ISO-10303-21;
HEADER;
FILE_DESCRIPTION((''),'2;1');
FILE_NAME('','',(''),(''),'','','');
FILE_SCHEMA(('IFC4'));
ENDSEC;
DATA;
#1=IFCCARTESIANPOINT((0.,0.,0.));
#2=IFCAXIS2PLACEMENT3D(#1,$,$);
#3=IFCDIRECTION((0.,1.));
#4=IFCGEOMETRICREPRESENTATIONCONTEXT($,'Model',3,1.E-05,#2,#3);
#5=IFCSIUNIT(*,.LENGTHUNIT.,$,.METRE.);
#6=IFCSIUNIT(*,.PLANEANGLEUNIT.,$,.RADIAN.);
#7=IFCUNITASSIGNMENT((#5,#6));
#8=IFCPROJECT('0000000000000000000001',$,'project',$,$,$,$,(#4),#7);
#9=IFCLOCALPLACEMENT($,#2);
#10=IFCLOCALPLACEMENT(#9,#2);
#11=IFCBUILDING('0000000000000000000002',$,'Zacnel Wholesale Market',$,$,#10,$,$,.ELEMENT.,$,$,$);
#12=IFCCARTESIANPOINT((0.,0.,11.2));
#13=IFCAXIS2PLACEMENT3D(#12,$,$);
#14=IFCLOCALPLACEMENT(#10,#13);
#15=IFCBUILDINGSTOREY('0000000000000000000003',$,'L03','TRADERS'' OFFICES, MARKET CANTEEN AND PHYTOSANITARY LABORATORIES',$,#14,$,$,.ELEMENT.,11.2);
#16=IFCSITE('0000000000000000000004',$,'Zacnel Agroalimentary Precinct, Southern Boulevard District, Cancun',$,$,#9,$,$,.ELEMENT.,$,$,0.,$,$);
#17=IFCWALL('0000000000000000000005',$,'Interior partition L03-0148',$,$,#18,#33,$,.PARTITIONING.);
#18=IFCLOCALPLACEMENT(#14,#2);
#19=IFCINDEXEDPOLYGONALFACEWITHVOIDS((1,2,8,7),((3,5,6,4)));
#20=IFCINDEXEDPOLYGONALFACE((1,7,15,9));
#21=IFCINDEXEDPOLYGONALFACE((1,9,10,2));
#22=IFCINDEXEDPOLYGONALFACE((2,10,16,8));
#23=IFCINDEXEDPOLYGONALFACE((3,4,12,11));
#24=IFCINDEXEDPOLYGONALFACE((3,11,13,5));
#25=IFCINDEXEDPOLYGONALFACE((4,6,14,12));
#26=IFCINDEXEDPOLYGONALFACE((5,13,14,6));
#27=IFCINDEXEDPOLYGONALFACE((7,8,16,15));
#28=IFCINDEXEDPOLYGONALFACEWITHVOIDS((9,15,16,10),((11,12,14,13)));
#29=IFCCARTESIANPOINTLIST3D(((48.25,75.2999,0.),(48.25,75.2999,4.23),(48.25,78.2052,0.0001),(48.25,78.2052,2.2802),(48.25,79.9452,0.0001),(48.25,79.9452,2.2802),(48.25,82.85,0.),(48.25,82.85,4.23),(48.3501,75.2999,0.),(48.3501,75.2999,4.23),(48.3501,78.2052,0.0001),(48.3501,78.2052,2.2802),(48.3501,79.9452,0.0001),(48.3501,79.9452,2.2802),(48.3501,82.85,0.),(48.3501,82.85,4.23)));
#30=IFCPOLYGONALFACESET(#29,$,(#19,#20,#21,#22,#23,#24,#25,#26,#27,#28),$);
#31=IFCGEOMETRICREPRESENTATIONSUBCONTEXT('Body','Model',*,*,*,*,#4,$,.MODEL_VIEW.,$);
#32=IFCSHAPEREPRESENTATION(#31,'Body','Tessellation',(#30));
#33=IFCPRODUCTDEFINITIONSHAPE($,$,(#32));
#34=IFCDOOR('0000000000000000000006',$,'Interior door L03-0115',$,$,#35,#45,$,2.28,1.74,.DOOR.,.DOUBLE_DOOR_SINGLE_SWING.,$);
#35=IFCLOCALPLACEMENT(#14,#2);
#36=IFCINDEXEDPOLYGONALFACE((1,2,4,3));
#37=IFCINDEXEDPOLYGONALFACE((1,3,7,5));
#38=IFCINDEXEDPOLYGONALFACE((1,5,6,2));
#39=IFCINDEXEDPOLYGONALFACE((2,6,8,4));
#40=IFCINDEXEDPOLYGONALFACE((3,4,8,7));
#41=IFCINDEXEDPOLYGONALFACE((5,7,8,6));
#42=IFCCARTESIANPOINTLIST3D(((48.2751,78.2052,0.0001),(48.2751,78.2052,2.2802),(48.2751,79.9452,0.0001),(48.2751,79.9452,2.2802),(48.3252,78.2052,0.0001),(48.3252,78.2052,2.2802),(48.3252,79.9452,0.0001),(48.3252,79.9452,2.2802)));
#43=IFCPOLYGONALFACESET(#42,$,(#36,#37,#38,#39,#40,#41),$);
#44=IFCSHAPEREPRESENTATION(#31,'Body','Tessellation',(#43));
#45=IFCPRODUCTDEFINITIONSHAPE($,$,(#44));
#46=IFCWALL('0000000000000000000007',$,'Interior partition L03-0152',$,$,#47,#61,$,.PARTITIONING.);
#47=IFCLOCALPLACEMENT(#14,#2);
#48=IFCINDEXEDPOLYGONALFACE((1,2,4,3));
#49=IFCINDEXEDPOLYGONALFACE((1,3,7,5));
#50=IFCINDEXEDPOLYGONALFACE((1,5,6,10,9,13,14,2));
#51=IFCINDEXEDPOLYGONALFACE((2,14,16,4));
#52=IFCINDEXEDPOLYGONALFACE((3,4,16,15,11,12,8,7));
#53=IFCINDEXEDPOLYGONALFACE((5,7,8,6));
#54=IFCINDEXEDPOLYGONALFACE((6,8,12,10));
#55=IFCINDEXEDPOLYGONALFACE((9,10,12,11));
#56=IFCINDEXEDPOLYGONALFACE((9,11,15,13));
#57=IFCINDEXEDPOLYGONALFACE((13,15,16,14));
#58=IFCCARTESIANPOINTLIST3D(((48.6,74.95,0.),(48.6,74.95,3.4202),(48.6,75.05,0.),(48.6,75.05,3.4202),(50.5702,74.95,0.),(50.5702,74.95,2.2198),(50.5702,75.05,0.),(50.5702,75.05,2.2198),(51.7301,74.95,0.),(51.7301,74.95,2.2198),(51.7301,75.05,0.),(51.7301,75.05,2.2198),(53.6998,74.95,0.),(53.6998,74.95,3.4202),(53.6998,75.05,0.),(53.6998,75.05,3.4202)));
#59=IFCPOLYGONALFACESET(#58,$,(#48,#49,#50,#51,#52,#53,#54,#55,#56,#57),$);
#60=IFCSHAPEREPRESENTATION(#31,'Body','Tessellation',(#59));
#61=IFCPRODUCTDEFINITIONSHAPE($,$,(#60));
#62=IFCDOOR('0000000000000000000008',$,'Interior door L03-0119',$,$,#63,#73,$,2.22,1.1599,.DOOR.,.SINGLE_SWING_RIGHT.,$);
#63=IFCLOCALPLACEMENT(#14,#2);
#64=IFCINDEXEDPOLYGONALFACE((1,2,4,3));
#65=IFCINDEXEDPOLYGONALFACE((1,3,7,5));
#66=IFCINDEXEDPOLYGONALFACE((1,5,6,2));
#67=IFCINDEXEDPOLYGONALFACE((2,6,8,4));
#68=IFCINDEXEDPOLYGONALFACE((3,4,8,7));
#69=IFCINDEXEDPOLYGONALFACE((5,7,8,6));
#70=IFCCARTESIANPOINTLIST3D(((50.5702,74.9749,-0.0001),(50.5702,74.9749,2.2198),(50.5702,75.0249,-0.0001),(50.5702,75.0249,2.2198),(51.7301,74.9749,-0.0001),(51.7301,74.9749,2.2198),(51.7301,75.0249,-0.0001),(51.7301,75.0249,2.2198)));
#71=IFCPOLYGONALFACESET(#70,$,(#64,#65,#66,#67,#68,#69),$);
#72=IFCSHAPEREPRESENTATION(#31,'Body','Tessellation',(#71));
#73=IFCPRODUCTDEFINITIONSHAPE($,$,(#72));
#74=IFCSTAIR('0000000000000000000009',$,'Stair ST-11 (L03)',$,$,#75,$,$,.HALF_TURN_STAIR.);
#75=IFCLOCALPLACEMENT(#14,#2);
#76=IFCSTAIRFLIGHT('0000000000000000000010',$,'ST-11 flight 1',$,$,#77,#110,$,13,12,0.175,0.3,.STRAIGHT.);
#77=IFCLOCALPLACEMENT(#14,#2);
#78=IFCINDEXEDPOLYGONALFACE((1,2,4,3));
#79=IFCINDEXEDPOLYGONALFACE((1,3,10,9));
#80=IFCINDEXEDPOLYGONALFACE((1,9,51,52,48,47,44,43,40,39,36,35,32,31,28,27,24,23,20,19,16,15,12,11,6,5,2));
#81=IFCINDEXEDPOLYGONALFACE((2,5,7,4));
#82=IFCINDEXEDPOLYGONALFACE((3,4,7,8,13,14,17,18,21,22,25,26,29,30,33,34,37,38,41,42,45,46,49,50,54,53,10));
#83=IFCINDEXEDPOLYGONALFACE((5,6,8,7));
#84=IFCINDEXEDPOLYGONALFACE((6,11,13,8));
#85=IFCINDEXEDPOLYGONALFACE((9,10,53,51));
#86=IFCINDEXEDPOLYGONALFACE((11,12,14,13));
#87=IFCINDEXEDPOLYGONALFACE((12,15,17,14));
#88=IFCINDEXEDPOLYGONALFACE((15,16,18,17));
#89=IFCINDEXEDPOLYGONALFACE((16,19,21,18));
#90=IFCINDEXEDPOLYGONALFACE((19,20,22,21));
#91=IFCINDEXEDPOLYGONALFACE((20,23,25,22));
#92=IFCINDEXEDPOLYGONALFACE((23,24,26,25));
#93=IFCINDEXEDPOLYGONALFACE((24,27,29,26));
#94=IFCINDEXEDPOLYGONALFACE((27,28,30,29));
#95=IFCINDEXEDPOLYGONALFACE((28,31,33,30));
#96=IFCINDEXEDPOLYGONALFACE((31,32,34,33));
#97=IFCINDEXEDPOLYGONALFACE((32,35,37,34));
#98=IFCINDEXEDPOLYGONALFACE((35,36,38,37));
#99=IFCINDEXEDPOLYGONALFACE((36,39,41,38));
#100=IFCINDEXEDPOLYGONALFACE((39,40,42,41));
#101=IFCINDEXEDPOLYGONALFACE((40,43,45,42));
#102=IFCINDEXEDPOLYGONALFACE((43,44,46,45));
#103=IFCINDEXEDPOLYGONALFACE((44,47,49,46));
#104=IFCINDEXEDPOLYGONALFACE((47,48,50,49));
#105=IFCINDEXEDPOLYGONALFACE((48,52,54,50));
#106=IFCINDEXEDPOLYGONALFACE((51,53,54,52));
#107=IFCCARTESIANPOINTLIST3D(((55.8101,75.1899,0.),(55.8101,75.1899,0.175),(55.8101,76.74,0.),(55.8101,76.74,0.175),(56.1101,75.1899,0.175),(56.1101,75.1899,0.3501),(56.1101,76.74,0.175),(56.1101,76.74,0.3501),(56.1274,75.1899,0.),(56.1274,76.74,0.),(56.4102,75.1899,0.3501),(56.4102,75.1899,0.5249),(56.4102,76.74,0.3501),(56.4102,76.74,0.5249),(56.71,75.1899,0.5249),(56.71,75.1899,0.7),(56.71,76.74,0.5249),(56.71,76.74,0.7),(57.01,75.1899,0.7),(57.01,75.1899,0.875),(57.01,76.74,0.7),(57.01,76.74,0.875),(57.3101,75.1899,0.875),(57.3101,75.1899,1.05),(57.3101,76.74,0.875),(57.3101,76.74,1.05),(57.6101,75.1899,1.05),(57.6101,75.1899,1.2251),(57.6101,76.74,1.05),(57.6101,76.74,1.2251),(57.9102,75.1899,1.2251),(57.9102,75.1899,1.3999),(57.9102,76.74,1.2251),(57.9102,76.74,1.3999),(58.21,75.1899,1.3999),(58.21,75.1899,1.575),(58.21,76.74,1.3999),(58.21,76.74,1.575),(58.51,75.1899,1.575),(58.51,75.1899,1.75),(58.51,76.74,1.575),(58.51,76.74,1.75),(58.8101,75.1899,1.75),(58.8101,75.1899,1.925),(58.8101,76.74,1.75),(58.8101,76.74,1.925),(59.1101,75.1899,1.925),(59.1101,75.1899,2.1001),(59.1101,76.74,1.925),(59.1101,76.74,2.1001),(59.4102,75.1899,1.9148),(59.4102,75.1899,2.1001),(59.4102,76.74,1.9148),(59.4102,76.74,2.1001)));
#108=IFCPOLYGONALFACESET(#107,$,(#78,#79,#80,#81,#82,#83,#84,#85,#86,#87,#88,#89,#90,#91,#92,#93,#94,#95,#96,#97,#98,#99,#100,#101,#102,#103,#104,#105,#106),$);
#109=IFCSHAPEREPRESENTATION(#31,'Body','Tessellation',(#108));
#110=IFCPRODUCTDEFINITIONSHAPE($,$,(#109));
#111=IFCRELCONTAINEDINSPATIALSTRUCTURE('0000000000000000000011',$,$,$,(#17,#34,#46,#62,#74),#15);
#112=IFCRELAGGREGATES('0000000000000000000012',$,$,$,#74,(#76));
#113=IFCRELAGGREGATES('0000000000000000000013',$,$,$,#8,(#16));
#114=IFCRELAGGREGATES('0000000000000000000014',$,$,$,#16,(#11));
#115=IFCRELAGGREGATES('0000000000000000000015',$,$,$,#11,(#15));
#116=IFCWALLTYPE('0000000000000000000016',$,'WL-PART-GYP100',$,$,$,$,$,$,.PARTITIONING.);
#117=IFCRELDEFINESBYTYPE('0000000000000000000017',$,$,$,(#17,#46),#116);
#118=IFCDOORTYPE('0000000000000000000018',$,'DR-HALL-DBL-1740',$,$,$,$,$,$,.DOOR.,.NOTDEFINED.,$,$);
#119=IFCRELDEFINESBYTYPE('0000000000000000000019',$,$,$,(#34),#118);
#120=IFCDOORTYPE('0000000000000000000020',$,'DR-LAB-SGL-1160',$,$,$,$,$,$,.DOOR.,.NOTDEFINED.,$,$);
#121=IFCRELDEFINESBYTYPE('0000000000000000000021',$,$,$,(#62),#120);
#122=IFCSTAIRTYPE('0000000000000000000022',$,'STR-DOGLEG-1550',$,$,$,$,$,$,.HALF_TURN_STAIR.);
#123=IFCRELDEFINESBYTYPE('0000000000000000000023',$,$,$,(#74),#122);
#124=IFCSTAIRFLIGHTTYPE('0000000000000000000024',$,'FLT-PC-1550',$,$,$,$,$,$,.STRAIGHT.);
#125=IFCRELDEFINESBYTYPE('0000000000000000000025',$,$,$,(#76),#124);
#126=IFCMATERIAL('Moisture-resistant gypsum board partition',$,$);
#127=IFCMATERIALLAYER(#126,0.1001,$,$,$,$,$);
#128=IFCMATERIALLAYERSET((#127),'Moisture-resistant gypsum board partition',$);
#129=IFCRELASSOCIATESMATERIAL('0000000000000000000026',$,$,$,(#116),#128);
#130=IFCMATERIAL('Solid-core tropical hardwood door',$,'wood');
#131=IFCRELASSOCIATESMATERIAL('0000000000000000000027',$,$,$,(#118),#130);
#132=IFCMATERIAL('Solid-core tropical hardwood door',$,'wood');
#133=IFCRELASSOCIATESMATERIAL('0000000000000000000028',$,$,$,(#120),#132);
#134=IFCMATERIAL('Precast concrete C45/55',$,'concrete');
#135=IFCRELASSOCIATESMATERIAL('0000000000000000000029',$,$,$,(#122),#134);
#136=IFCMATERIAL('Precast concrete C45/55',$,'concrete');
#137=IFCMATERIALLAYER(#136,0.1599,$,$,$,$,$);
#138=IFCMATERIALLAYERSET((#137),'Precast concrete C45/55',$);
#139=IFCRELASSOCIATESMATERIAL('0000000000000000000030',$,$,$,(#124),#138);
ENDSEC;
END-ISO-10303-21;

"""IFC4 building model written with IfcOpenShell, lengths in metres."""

from ifc_helpers import new_model, si_unit, direction, frame, frame_2d, origin, place, context, subcontext, project, spatial, polyline, rectangle, outline, extrude, material, layer, layer_set, type_object, element, fill, aggregate, save


model = new_model("IFC4")

# Units and contexts
model_context = context("Model", 3, precision=1e-05, world=origin(), true_north=direction((0.0, 1.0)))
body_context = subcontext(model_context, "Body", "Model", "MODEL_VIEW")
ifc_project = project(units=[si_unit("LENGTHUNIT", "METRE"), si_unit("PLANEANGLEUNIT", "RADIAN")], contexts=[model_context])

# Site, building, storey
site_placement = place(None, origin())
site = spatial("IfcSite", under=ifc_project, at=site_placement, Name="Zacnel Agroalimentary Precinct, Southern Boulevard District, Cancun", CompositionType="ELEMENT", RefElevation=0.0)
building_placement = place(site_placement, origin())
building = spatial("IfcBuilding", under=site, at=building_placement, Name="Zacnel Wholesale Market", CompositionType="ELEMENT")
storey_placement = place(building_placement, frame((0.0, 0.0, 11.2)))
storey = spatial("IfcBuildingStorey", under=building, at=storey_placement, Name="L03", Description="TRADERS' OFFICES, MARKET CANTEEN AND PHYTOSANITARY LABORATORIES", CompositionType="ELEMENT", Elevation=11.2)

# Walls, openings, doors
ifc_material_1 = material(Name="Moisture-resistant gypsum board partition")
ifc_layer_1 = layer(ifc_material_1, 0.1001)
ifc_layer_set_1 = layer_set([ifc_layer_1], Name="Moisture-resistant gypsum board partition")
wall_type_1 = type_object("IfcWallType", Name="WL-PART-GYP100", PredefinedType="PARTITIONING", material=ifc_layer_set_1)
wall_1_placement = place(storey_placement, frame((48.3, 75.3, 0.0), z_axis=(0.0, 0.0, 1.0), x_axis=(0.0, 1.0, 0.0)))
wall_1 = element("IfcWall", 1, at=wall_1_placement, inside=storey, type_object=wall_type_1, Name="Interior partition L03-0148", PredefinedType="PARTITIONING", context=body_context, shape_type="SweptSolid", body=[
    extrude(rectangle(XDim=7.55, YDim=0.1001, at=frame_2d((3.7749, 0.0))), origin(), (0.0, 0.0, 1.0), 4.23),
])
opening_1_placement = place(wall_1_placement, frame((2.905, 0.0, 0.0)))
opening_1 = element("IfcOpeningElement", 2, at=opening_1_placement, cuts=wall_1, PredefinedType="OPENING", context=body_context, shape_type="SweptSolid", body=[
    extrude(rectangle(XDim=1.74, YDim=2.28, at=frame_2d((0.8701, 1.1401))), frame((0.0, 0.0601, 0.0), z_axis=(0.0, -1.0, 0.0), x_axis=(1.0, 0.0, 0.0)), (0.0, 0.0, 1.0), 0.1201),
])
ifc_material_2 = material(Name="Solid-core tropical hardwood door", Category="wood")
door_type_1 = type_object("IfcDoorType", Name="DR-HALL-DBL-1740", OperationType="NOTDEFINED", PredefinedType="DOOR", material=ifc_material_2)
door_1_placement = place(opening_1_placement, origin())
door_1 = element("IfcDoor", 3, at=door_1_placement, inside=storey, type_object=door_type_1, Name="Interior door L03-0115", OperationType="DOUBLE_DOOR_SINGLE_SWING", OverallHeight=2.28, OverallWidth=1.74, PredefinedType="DOOR", context=body_context, shape_type="SweptSolid", body=[
    extrude(rectangle(XDim=1.74, YDim=2.28, at=frame_2d((0.8701, 1.1401))), frame((0.0, 0.0249, 0.0), z_axis=(0.0, -1.0, 0.0), x_axis=(1.0, 0.0, 0.0)), (0.0, 0.0, 1.0), 0.05),
])
fill(opening_1, door_1)
wall_2_placement = place(storey_placement, frame((48.6001, 75.0, 0.0), z_axis=(0.0, 0.0, 1.0), x_axis=(1.0, 0.0, 0.0)))
wall_2 = element("IfcWall", 4, at=wall_2_placement, inside=storey, type_object=wall_type_1, Name="Interior partition L03-0152", PredefinedType="PARTITIONING", context=body_context, shape_type="SweptSolid", body=[
    extrude(rectangle(XDim=5.0999, YDim=0.1001, at=frame_2d((2.5498, 0.0))), origin(), (0.0, 0.0, 1.0), 3.4202),
])
opening_2_placement = place(wall_2_placement, frame((1.97, 0.0, 0.0)))
opening_2 = element("IfcOpeningElement", 5, at=opening_2_placement, cuts=wall_2, PredefinedType="OPENING", context=body_context, shape_type="SweptSolid", body=[
    extrude(rectangle(XDim=1.1599, YDim=2.22, at=frame_2d((0.5801, 1.1099))), frame((0.0, 0.0601, 0.0), z_axis=(0.0, -1.0, 0.0), x_axis=(1.0, 0.0, 0.0)), (0.0, 0.0, 1.0), 0.1201),
])
ifc_material_3 = material(Name="Solid-core tropical hardwood door", Category="wood")
door_type_2 = type_object("IfcDoorType", Name="DR-LAB-SGL-1160", OperationType="NOTDEFINED", PredefinedType="DOOR", material=ifc_material_3)
door_2_placement = place(opening_2_placement, origin())
door_2 = element("IfcDoor", 6, at=door_2_placement, inside=storey, type_object=door_type_2, Name="Interior door L03-0119", OperationType="SINGLE_SWING_RIGHT", OverallHeight=2.22, OverallWidth=1.1599, PredefinedType="DOOR", context=body_context, shape_type="SweptSolid", body=[
    extrude(rectangle(XDim=1.1599, YDim=2.22, at=frame_2d((0.5801, 1.1099))), frame((0.0, 0.0249, 0.0), z_axis=(0.0, -1.0, 0.0), x_axis=(1.0, 0.0, 0.0)), (0.0, 0.0, 1.0), 0.05),
])
fill(opening_2, door_2)

# Stair, stair flight
ifc_material_4 = material(Name="Precast concrete C45/55", Category="concrete")
stair_type = type_object("IfcStairType", Name="STR-DOGLEG-1550", PredefinedType="HALF_TURN_STAIR", material=ifc_material_4)
stair_placement = place(storey_placement, origin())
stair = element("IfcStair", 7, at=stair_placement, inside=storey, type_object=stair_type, Name="Stair ST-11 (L03)", PredefinedType="HALF_TURN_STAIR")
ifc_material_5 = material(Name="Precast concrete C45/55", Category="concrete")
ifc_layer_2 = layer(ifc_material_5, 0.1599)
ifc_layer_set_2 = layer_set([ifc_layer_2], Name="Precast concrete C45/55")
stair_flight_type = type_object("IfcStairFlightType", Name="FLT-PC-1550", PredefinedType="STRAIGHT", material=ifc_layer_set_2)
stair_flight_placement = place(storey_placement, frame((55.8101, 75.9651, 0.0), z_axis=(0.0, 0.0, 1.0), x_axis=(1.0, 0.0, 0.0)))
stair_flight = element("IfcStairFlight", 8, at=stair_flight_placement, type_object=stair_flight_type, Name="ST-11 flight 1", NumberOfRisers=13, NumberOfTreads=12, PredefinedType="STRAIGHT", RiserHeight=0.175, TreadLength=0.3, context=body_context, shape_type="SweptSolid", body=[
    extrude(outline(polyline([(0.0, 0.0), (0.0, 0.175), (0.3, 0.175), (0.3, 0.3501), (0.6001, 0.3501), (0.6001, 0.5249), (0.8999, 0.5249), (0.8999, 0.7), (1.2, 0.7), (1.2, 0.875), (1.5, 0.875), (1.5, 1.05), (1.8, 1.05), (1.8, 1.2251), (2.1001, 1.2251), (2.1001, 1.3999), (2.3999, 1.3999), (2.3999, 1.575), (2.7, 1.575), (2.7, 1.75), (3.0, 1.75), (3.0, 1.925), (3.3, 1.925), (3.3, 2.1001), (3.6001, 2.1001), (3.6001, 2.2749), (3.6001, 1.9148), (0.3174, 0.0), (0.0, 0.0)])), frame((0.0, 0.7749, 0.0), z_axis=(0.0, -1.0, 0.0), x_axis=(1.0, 0.0, 0.0)), (0.0, 0.0, 1.0), 1.55),
])
aggregate(stair, [stair_flight])

save(model, "model.ifc")
